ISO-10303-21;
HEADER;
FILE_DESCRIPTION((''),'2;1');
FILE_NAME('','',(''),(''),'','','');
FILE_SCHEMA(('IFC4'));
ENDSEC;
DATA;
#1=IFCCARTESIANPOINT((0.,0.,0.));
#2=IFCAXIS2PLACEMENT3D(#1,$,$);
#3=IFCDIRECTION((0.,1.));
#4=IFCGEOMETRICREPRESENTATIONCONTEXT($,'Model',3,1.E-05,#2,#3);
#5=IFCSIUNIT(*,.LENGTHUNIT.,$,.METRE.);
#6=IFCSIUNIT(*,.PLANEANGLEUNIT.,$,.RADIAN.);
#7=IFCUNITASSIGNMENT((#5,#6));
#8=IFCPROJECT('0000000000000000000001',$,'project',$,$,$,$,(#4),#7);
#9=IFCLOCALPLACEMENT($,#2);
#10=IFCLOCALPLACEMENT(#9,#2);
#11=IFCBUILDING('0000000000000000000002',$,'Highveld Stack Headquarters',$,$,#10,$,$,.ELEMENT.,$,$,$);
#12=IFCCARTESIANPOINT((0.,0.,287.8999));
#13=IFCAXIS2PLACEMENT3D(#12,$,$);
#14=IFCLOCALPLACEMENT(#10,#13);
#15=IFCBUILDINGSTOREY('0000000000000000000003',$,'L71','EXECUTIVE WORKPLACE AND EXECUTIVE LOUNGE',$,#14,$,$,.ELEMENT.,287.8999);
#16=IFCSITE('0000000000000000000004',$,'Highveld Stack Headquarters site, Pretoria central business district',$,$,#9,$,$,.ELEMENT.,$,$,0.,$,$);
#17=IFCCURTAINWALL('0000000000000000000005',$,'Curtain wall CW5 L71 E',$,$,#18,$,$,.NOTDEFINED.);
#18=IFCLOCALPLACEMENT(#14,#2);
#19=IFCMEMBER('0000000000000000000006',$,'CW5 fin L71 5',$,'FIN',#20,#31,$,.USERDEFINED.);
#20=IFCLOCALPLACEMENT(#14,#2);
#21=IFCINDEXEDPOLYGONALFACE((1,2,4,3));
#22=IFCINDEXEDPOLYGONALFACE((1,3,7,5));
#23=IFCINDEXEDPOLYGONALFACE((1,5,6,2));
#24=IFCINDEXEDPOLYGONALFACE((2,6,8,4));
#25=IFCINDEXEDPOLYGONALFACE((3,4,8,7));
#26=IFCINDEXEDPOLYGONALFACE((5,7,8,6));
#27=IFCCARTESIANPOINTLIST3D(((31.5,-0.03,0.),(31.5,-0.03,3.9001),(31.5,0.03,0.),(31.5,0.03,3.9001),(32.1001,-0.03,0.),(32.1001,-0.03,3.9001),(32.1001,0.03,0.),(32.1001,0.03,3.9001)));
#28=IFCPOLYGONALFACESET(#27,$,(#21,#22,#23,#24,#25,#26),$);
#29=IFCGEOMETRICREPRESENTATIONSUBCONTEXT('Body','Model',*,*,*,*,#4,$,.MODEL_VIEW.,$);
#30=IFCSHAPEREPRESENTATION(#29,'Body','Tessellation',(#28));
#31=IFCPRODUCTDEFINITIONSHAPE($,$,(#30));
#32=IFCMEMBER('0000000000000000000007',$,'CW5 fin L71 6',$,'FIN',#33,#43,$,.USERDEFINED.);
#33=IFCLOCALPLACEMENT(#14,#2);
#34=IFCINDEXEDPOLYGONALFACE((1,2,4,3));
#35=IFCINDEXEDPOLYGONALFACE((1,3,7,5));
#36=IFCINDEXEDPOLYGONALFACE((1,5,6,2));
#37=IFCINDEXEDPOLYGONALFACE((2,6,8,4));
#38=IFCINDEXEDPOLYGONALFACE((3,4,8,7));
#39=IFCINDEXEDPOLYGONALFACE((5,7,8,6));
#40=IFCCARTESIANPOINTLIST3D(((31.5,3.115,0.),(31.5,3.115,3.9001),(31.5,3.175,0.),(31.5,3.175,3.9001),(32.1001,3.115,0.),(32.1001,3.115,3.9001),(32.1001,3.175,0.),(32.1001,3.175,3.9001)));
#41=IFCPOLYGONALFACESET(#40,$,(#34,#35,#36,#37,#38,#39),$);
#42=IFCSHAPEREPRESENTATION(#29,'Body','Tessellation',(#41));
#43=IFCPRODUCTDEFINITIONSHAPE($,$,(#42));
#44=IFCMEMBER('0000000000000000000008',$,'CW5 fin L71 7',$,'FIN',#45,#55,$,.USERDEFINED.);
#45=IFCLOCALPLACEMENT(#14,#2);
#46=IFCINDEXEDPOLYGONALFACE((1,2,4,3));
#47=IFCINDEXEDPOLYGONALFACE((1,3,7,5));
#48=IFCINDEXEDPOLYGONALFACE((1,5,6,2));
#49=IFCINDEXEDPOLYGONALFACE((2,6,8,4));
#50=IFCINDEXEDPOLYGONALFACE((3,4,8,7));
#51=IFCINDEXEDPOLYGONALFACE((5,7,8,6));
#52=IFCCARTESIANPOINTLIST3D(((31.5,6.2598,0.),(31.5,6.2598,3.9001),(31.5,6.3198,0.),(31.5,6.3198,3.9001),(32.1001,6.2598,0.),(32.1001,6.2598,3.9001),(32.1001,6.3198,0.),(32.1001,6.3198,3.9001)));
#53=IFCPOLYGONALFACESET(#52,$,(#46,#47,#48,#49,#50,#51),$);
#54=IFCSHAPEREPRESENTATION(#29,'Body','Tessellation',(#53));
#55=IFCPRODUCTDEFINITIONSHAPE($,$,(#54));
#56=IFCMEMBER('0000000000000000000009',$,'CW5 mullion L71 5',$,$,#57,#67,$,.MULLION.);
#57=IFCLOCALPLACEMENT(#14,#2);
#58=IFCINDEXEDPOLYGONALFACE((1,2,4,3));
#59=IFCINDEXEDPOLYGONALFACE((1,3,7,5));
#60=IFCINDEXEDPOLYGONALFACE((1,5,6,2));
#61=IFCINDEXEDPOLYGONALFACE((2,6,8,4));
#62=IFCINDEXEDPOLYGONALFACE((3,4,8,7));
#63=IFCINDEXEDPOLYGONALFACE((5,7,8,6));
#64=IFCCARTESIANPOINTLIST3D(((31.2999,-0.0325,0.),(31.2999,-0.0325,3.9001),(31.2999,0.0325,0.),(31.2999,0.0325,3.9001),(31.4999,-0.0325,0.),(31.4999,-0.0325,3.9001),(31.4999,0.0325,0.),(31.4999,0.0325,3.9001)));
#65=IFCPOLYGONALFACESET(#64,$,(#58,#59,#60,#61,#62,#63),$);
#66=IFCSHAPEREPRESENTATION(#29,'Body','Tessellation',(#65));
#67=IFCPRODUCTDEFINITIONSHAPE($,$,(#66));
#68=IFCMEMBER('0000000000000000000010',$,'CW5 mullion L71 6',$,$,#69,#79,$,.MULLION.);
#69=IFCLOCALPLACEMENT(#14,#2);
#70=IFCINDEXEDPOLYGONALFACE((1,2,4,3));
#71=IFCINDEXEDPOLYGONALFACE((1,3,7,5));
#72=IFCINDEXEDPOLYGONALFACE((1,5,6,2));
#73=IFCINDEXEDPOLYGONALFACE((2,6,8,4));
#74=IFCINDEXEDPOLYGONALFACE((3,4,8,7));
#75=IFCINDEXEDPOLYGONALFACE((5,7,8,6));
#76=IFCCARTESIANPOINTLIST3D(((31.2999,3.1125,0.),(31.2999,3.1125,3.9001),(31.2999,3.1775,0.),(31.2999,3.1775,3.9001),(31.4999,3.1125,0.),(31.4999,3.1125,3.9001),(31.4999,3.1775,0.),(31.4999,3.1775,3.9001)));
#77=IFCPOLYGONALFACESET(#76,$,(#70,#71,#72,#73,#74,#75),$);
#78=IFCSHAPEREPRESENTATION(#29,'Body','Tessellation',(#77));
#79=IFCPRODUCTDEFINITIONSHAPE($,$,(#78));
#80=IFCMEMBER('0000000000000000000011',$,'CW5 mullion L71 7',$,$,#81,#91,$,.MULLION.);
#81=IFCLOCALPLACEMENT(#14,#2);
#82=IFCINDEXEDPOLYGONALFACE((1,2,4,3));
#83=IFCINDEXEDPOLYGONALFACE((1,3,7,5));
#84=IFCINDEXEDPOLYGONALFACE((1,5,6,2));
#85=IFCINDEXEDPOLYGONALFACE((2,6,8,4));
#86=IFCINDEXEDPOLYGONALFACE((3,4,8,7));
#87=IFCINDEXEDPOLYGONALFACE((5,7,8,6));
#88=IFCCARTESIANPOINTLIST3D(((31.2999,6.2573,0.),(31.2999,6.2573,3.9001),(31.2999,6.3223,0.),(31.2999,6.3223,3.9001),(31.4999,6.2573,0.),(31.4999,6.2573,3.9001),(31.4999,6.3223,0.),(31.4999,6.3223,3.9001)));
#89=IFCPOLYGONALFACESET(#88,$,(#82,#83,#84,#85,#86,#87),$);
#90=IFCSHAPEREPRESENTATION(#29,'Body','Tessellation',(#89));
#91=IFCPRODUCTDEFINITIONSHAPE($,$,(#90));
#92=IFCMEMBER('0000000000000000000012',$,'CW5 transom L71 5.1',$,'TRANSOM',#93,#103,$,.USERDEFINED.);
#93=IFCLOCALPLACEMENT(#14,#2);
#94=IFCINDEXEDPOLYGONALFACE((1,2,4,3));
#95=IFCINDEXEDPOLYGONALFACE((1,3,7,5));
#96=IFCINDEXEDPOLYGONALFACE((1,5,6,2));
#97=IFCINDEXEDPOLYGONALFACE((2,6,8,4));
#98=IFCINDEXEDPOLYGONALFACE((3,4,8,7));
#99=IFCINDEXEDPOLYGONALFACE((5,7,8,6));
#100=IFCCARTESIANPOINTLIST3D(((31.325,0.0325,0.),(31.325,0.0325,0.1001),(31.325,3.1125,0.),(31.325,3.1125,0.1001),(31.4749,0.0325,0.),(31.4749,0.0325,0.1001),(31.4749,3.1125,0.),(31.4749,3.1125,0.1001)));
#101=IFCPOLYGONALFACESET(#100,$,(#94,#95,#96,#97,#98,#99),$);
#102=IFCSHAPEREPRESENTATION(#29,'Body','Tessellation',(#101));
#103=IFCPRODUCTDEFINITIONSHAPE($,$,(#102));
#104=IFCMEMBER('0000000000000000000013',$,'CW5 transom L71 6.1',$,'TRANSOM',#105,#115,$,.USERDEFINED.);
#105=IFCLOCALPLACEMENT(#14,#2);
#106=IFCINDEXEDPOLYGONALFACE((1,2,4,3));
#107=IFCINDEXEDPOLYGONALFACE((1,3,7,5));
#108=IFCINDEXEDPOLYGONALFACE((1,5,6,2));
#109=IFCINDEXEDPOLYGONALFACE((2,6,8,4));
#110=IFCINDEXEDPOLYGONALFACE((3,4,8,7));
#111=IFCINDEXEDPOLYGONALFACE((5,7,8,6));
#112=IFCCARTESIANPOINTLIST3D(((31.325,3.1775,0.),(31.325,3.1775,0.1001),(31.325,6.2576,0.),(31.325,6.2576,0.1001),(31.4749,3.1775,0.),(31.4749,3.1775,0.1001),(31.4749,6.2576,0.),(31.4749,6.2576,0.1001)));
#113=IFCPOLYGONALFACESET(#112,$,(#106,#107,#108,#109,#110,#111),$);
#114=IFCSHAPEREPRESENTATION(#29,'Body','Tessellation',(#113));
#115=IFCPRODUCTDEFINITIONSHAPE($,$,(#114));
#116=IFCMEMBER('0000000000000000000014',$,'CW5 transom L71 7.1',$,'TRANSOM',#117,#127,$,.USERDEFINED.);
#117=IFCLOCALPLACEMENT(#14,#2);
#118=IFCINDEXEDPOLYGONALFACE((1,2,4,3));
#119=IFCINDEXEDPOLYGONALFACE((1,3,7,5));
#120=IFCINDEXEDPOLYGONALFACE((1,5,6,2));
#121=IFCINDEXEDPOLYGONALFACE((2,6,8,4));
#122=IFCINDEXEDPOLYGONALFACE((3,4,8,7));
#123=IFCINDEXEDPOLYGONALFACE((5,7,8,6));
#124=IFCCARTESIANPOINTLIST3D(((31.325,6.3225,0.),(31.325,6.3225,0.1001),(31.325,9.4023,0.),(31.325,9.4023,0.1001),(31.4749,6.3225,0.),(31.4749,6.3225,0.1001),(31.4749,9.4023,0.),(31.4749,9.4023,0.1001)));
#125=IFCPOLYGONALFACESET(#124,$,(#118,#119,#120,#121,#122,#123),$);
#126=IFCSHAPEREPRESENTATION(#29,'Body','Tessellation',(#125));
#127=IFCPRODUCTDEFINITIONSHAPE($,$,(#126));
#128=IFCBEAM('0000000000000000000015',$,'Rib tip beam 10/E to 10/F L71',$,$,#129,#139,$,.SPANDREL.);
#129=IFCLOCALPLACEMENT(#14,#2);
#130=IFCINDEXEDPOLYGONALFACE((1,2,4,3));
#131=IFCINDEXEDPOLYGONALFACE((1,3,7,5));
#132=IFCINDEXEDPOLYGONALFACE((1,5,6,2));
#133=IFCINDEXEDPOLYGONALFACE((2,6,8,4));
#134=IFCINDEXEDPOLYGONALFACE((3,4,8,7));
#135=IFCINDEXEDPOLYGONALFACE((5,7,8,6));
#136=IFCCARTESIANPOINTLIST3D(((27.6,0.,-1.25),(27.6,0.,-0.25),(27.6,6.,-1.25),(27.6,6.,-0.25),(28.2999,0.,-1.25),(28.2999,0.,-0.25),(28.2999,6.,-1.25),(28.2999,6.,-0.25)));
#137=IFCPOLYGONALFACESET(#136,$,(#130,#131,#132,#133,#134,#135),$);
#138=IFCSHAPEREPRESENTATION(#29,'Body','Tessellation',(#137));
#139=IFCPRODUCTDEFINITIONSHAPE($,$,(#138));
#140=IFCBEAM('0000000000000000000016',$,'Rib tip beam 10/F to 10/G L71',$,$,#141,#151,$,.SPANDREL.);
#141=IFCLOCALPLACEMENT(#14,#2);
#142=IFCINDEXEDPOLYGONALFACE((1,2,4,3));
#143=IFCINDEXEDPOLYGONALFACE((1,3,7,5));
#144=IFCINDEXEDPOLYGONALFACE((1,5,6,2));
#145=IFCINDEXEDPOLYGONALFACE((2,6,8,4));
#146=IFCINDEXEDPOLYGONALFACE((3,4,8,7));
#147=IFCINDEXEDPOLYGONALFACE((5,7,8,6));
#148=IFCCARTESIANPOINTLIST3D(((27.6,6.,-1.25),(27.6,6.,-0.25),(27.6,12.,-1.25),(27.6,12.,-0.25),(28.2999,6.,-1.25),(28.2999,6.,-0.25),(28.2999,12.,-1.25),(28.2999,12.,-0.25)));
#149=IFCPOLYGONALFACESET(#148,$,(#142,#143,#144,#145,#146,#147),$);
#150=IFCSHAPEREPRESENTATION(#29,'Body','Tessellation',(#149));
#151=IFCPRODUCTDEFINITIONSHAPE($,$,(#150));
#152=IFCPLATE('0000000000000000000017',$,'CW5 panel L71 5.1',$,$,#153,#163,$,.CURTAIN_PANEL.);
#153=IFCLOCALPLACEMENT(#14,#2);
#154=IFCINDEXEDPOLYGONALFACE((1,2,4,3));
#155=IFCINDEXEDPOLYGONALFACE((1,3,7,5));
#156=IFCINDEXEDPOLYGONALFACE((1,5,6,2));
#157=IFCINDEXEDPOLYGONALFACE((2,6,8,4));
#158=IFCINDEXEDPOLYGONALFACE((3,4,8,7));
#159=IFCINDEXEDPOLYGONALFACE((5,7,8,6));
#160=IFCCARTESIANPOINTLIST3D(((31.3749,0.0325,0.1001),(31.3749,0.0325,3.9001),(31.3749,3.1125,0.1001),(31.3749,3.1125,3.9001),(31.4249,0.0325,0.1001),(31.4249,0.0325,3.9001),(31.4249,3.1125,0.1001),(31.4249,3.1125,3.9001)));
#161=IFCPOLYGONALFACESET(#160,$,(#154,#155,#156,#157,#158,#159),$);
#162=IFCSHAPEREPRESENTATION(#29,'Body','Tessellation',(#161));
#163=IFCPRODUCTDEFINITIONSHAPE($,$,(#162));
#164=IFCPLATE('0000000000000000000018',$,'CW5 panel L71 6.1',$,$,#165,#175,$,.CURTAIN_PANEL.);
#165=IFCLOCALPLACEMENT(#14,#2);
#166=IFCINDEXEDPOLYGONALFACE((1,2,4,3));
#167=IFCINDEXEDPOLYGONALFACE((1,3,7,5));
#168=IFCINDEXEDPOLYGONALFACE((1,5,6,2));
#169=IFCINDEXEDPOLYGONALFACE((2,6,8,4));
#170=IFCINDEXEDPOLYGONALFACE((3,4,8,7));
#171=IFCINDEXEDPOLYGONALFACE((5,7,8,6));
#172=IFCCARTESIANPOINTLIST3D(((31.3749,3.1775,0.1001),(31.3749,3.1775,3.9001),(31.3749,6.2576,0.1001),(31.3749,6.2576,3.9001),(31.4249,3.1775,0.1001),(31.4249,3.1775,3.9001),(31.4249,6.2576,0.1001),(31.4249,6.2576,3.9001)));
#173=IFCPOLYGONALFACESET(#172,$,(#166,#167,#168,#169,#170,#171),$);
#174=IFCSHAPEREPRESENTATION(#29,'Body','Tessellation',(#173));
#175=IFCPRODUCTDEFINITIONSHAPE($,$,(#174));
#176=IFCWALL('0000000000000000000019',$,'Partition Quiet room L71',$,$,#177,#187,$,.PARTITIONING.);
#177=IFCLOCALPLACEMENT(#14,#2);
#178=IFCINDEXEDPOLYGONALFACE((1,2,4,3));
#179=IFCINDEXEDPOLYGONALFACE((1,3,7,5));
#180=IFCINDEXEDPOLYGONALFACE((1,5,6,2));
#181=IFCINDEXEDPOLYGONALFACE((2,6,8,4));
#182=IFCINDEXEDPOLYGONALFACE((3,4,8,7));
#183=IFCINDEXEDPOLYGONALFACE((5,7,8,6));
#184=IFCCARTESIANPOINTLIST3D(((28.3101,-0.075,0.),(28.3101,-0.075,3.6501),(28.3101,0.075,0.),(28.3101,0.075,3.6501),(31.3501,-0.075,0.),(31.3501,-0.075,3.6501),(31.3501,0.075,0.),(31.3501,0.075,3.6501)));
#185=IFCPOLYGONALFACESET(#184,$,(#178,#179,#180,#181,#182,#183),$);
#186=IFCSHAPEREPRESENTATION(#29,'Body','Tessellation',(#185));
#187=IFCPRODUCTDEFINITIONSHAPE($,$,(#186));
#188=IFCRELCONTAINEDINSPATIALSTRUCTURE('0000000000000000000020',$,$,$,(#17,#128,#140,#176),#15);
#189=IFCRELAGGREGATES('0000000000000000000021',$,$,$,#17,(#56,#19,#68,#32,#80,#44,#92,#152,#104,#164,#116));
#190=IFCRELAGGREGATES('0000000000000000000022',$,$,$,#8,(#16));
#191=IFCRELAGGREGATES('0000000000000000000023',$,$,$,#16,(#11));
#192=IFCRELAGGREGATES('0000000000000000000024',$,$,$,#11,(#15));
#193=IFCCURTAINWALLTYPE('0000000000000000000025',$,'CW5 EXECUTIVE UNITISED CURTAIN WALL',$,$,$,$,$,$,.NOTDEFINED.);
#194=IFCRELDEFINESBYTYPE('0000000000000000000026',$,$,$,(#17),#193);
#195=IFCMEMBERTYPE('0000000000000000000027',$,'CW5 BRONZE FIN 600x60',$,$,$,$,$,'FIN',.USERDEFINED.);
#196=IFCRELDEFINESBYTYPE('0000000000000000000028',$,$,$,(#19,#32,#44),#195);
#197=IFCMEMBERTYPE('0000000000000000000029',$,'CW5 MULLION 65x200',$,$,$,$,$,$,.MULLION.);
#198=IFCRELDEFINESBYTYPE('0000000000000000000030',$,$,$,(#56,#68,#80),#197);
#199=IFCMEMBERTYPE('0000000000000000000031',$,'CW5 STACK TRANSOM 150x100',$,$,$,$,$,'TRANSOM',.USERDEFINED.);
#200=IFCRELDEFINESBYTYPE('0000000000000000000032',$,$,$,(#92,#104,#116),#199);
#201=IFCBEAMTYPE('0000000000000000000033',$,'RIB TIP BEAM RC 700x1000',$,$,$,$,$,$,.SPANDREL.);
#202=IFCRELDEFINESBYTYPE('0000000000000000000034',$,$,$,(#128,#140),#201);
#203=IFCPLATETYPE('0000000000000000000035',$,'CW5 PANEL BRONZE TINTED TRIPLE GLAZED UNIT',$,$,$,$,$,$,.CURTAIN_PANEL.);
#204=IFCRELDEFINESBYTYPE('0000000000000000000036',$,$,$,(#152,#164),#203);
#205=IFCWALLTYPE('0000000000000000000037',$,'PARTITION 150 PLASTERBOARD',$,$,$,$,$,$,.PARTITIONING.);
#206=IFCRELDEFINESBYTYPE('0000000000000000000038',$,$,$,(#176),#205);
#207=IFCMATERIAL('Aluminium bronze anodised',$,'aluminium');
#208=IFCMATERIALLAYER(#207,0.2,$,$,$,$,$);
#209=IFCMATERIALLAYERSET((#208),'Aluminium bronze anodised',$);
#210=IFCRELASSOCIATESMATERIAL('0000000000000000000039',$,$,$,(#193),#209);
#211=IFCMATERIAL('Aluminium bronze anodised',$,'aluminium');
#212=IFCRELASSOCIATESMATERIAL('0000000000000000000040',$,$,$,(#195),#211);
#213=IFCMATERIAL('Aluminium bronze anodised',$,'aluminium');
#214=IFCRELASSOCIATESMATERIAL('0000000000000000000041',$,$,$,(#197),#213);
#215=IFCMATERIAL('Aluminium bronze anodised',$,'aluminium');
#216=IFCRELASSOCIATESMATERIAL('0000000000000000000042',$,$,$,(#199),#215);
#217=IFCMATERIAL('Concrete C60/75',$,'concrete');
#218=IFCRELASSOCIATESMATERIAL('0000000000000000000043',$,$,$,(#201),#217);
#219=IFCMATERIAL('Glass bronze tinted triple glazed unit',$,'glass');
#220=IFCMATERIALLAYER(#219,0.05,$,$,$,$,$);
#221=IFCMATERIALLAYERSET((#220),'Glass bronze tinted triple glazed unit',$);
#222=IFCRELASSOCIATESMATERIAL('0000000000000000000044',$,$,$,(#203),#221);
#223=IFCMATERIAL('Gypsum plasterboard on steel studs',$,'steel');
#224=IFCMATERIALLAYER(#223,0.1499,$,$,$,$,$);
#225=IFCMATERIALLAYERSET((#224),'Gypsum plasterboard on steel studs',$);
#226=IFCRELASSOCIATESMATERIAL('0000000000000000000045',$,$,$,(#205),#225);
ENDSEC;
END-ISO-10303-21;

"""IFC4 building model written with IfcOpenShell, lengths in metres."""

from ifc_helpers import new_model, si_unit, direction, frame, frame_2d, origin, origin_2d, place, context, subcontext, project, spatial, rectangle, extrude, material, layer, layer_set, material_profile, profile_set, type_object, element, aggregate, save


model = new_model("IFC4")

# Units and contexts
model_context = context("Model", 3, precision=1e-05, world=origin(), true_north=direction((0.0, 1.0)))
body_context = subcontext(model_context, "Body", "Model", "MODEL_VIEW")
ifc_project = project(units=[si_unit("LENGTHUNIT", "METRE"), si_unit("PLANEANGLEUNIT", "RADIAN")], contexts=[model_context])

# Site, building, storey
site_placement = place(None, origin())
site = spatial("IfcSite", under=ifc_project, at=site_placement, Name="Highveld Stack Headquarters site, Pretoria central business district", CompositionType="ELEMENT", RefElevation=0.0)
building_placement = place(site_placement, origin())
building = spatial("IfcBuilding", under=site, at=building_placement, Name="Highveld Stack Headquarters", CompositionType="ELEMENT")
storey_placement = place(building_placement, frame((0.0, 0.0, 287.8999)))
storey = spatial("IfcBuildingStorey", under=building, at=storey_placement, Name="L71", Description="EXECUTIVE WORKPLACE AND EXECUTIVE LOUNGE", CompositionType="ELEMENT", Elevation=287.8999)

# Curtain wall, members
ifc_material_1 = material(Name="Aluminium bronze anodised", Category="aluminium")
ifc_layer_1 = layer(ifc_material_1, 0.2)
ifc_layer_set_1 = layer_set([ifc_layer_1], Name="Aluminium bronze anodised")
curtain_wall_type = type_object("IfcCurtainWallType", Name="CW5 EXECUTIVE UNITISED CURTAIN WALL", PredefinedType="NOTDEFINED", material=ifc_layer_set_1)
curtain_wall_placement = place(storey_placement, origin())
curtain_wall = element("IfcCurtainWall", 1, at=curtain_wall_placement, inside=storey, type_object=curtain_wall_type, Name="Curtain wall CW5 L71 E", PredefinedType="NOTDEFINED")
ifc_material_2 = material(Name="Aluminium bronze anodised", Category="aluminium")
ifc_material_profile_1 = material_profile(ifc_material_2, rectangle(XDim=0.6001, YDim=0.0601, at=origin_2d()), Name="FIN 600x60")
ifc_profile_set_1 = profile_set([ifc_material_profile_1], Name="Aluminium bronze anodised")
member_type_1 = type_object("IfcMemberType", Name="CW5 BRONZE FIN 600x60", ElementType="FIN", PredefinedType="USERDEFINED", material=ifc_profile_set_1)
member_1_placement = place(storey_placement, frame((31.8, 0.0, 0.0), z_axis=(0.0, 0.0, 1.0), x_axis=(-1.0, 0.0, 0.0)))
member_1 = element("IfcMember", 2, at=member_1_placement, type_object=member_type_1, Name="CW5 fin L71 5", ObjectType="FIN", PredefinedType="USERDEFINED", context=body_context, shape_type="SweptSolid", body=[
    extrude(rectangle(XDim=0.6001, YDim=0.0601, at=origin_2d()), origin(), (0.0, 0.0, 1.0), 3.9001),
])
member_2_placement = place(storey_placement, frame((31.8, 3.145, 0.0), z_axis=(0.0, 0.0, 1.0), x_axis=(-1.0, 0.0, 0.0)))
member_2 = element("IfcMember", 3, at=member_2_placement, type_object=member_type_1, Name="CW5 fin L71 6", ObjectType="FIN", PredefinedType="USERDEFINED", context=body_context, shape_type="SweptSolid", body=[
    extrude(rectangle(XDim=0.6001, YDim=0.0601, at=origin_2d()), origin(), (0.0, 0.0, 1.0), 3.9001),
])
member_3_placement = place(storey_placement, frame((31.8, 6.2898, 0.0), z_axis=(0.0, 0.0, 1.0), x_axis=(-1.0, 0.0, 0.0)))
member_3 = element("IfcMember", 4, at=member_3_placement, type_object=member_type_1, Name="CW5 fin L71 7", ObjectType="FIN", PredefinedType="USERDEFINED", context=body_context, shape_type="SweptSolid", body=[
    extrude(rectangle(XDim=0.6001, YDim=0.0601, at=origin_2d()), origin(), (0.0, 0.0, 1.0), 3.9001),
])
ifc_material_3 = material(Name="Aluminium bronze anodised", Category="aluminium")
ifc_material_profile_2 = material_profile(ifc_material_3, rectangle(XDim=0.2, YDim=0.0649, at=origin_2d()), Name="CW5 MULLION 65x200")
ifc_profile_set_2 = profile_set([ifc_material_profile_2], Name="Aluminium bronze anodised")
member_type_2 = type_object("IfcMemberType", Name="CW5 MULLION 65x200", PredefinedType="MULLION", material=ifc_profile_set_2)
member_4_placement = place(storey_placement, frame((31.3999, 0.0, 0.0), z_axis=(0.0, 0.0, 1.0), x_axis=(-1.0, 0.0, 0.0)))
member_4 = element("IfcMember", 5, at=member_4_placement, type_object=member_type_2, Name="CW5 mullion L71 5", PredefinedType="MULLION", context=body_context, shape_type="SweptSolid", body=[
    extrude(rectangle(XDim=0.2, YDim=0.0649, at=origin_2d()), origin(), (0.0, 0.0, 1.0), 3.9001),
])
member_5_placement = place(storey_placement, frame((31.3999, 3.145, 0.0), z_axis=(0.0, 0.0, 1.0), x_axis=(-1.0, 0.0, 0.0)))
member_5 = element("IfcMember", 6, at=member_5_placement, type_object=member_type_2, Name="CW5 mullion L71 6", PredefinedType="MULLION", context=body_context, shape_type="SweptSolid", body=[
    extrude(rectangle(XDim=0.2, YDim=0.0649, at=origin_2d()), origin(), (0.0, 0.0, 1.0), 3.9001),
])
member_6_placement = place(storey_placement, frame((31.3999, 6.2898, 0.0), z_axis=(0.0, 0.0, 1.0), x_axis=(-1.0, 0.0, 0.0)))
member_6 = element("IfcMember", 7, at=member_6_placement, type_object=member_type_2, Name="CW5 mullion L71 7", PredefinedType="MULLION", context=body_context, shape_type="SweptSolid", body=[
    extrude(rectangle(XDim=0.2, YDim=0.0649, at=origin_2d()), origin(), (0.0, 0.0, 1.0), 3.9001),
])
ifc_material_4 = material(Name="Aluminium bronze anodised", Category="aluminium")
ifc_material_profile_3 = material_profile(ifc_material_4, rectangle(XDim=0.1499, YDim=0.1001, at=origin_2d()), Name="CW5 TRANSOM 150x100")
ifc_profile_set_3 = profile_set([ifc_material_profile_3], Name="Aluminium bronze anodised")
member_type_3 = type_object("IfcMemberType", Name="CW5 STACK TRANSOM 150x100", ElementType="TRANSOM", PredefinedType="USERDEFINED", material=ifc_profile_set_3)
member_7_placement = place(storey_placement, frame((31.3999, 0.0325, 0.05), z_axis=(0.0, 1.0, 0.0), x_axis=(-1.0, 0.0, 0.0)))
member_7 = element("IfcMember", 8, at=member_7_placement, type_object=member_type_3, Name="CW5 transom L71 5.1", ObjectType="TRANSOM", PredefinedType="USERDEFINED", context=body_context, shape_type="SweptSolid", body=[
    extrude(rectangle(XDim=0.1499, YDim=0.1001, at=origin_2d()), origin(), (0.0, 0.0, 1.0), 3.0801),
])
member_8_placement = place(storey_placement, frame((31.3999, 3.1775, 0.05), z_axis=(0.0, 1.0, 0.0), x_axis=(-1.0, 0.0, 0.0)))
member_8 = element("IfcMember", 9, at=member_8_placement, type_object=member_type_3, Name="CW5 transom L71 6.1", ObjectType="TRANSOM", PredefinedType="USERDEFINED", context=body_context, shape_type="SweptSolid", body=[
    extrude(rectangle(XDim=0.1499, YDim=0.1001, at=origin_2d()), origin(), (0.0, 0.0, 1.0), 3.0801),
])
member_9_placement = place(storey_placement, frame((31.3999, 6.3225, 0.05), z_axis=(0.0, 1.0, 0.0), x_axis=(-1.0, 0.0, 0.0)))
member_9 = element("IfcMember", 10, at=member_9_placement, type_object=member_type_3, Name="CW5 transom L71 7.1", ObjectType="TRANSOM", PredefinedType="USERDEFINED", context=body_context, shape_type="SweptSolid", body=[
    extrude(rectangle(XDim=0.1499, YDim=0.1001, at=origin_2d()), origin(), (0.0, 0.0, 1.0), 3.0798),
])

# Beams
ifc_material_5 = material(Name="Concrete C60/75", Category="concrete")
ifc_material_profile_4 = material_profile(ifc_material_5, rectangle(XDim=0.7, YDim=1.0, at=origin_2d()), Name="RC 700x1000")
ifc_profile_set_4 = profile_set([ifc_material_profile_4], Name="Concrete C60/75")
beam_type = type_object("IfcBeamType", Name="RIB TIP BEAM RC 700x1000", PredefinedType="SPANDREL", material=ifc_profile_set_4)
for number, where, z_axis, x_axis, name in (
    (11, (27.95, 0.0, -0.75), (0.0, 1.0, 0.0), (-1.0, 0.0, 0.0), "Rib tip beam 10/E to 10/F L71"),
    (12, (27.95, 6.0, -0.75), (0.0, 1.0, 0.0), (-1.0, 0.0, 0.0), "Rib tip beam 10/F to 10/G L71"),
):
    element("IfcBeam", number, at=place(storey_placement, frame(where, z_axis=z_axis, x_axis=x_axis)), inside=storey, type_object=beam_type, Name=name, PredefinedType="SPANDREL", context=body_context, shape_type="SweptSolid", body=[
        extrude(rectangle(XDim=0.7, YDim=1.0, at=origin_2d()), origin(), (0.0, 0.0, 1.0), 6.0),
    ])

# Plates
ifc_material_6 = material(Name="Glass bronze tinted triple glazed unit", Category="glass")
ifc_layer_2 = layer(ifc_material_6, 0.05)
ifc_layer_set_2 = layer_set([ifc_layer_2], Name="Glass bronze tinted triple glazed unit")
plate_type = type_object("IfcPlateType", Name="CW5 PANEL BRONZE TINTED TRIPLE GLAZED UNIT", PredefinedType="CURTAIN_PANEL", material=ifc_layer_set_2)
plate_1_placement = place(storey_placement, frame((31.3999, 1.5725, 0.1001), z_axis=(0.0, 0.0, 1.0), x_axis=(0.0, 1.0, 0.0)))
plate_1 = element("IfcPlate", 13, at=plate_1_placement, type_object=plate_type, Name="CW5 panel L71 5.1", PredefinedType="CURTAIN_PANEL", context=body_context, shape_type="SweptSolid", body=[
    extrude(rectangle(XDim=3.0801, YDim=0.05, at=origin_2d()), origin(), (0.0, 0.0, 1.0), 3.8),
])
plate_2_placement = place(storey_placement, frame((31.3999, 4.7175, 0.1001), z_axis=(0.0, 0.0, 1.0), x_axis=(0.0, 1.0, 0.0)))
plate_2 = element("IfcPlate", 14, at=plate_2_placement, type_object=plate_type, Name="CW5 panel L71 6.1", PredefinedType="CURTAIN_PANEL", context=body_context, shape_type="SweptSolid", body=[
    extrude(rectangle(XDim=3.0801, YDim=0.05, at=origin_2d()), origin(), (0.0, 0.0, 1.0), 3.8),
])
aggregate(curtain_wall, [member_4, member_1, member_5, member_2, member_6, member_3, member_7, plate_1, member_8, plate_2, member_9])

# Wall
ifc_material_7 = material(Name="Gypsum plasterboard on steel studs", Category="steel")
ifc_layer_3 = layer(ifc_material_7, 0.1499)
ifc_layer_set_3 = layer_set([ifc_layer_3], Name="Gypsum plasterboard on steel studs")
wall_type = type_object("IfcWallType", Name="PARTITION 150 PLASTERBOARD", PredefinedType="PARTITIONING", material=ifc_layer_set_3)
wall_1_placement = place(storey_placement, frame((28.3101, 0.0, 0.0), z_axis=(0.0, 0.0, 1.0), x_axis=(1.0, 0.0, 0.0)))
element("IfcWall", 15, at=wall_1_placement, inside=storey, type_object=wall_type, Name="Partition Quiet room L71", PredefinedType="PARTITIONING", context=body_context, shape_type="SweptSolid", body=[
    extrude(rectangle(XDim=3.04, YDim=0.1499, at=frame_2d((1.52, 0.0))), origin(), (0.0, 0.0, 1.0), 3.6501),
])

save(model, "model.ifc")
